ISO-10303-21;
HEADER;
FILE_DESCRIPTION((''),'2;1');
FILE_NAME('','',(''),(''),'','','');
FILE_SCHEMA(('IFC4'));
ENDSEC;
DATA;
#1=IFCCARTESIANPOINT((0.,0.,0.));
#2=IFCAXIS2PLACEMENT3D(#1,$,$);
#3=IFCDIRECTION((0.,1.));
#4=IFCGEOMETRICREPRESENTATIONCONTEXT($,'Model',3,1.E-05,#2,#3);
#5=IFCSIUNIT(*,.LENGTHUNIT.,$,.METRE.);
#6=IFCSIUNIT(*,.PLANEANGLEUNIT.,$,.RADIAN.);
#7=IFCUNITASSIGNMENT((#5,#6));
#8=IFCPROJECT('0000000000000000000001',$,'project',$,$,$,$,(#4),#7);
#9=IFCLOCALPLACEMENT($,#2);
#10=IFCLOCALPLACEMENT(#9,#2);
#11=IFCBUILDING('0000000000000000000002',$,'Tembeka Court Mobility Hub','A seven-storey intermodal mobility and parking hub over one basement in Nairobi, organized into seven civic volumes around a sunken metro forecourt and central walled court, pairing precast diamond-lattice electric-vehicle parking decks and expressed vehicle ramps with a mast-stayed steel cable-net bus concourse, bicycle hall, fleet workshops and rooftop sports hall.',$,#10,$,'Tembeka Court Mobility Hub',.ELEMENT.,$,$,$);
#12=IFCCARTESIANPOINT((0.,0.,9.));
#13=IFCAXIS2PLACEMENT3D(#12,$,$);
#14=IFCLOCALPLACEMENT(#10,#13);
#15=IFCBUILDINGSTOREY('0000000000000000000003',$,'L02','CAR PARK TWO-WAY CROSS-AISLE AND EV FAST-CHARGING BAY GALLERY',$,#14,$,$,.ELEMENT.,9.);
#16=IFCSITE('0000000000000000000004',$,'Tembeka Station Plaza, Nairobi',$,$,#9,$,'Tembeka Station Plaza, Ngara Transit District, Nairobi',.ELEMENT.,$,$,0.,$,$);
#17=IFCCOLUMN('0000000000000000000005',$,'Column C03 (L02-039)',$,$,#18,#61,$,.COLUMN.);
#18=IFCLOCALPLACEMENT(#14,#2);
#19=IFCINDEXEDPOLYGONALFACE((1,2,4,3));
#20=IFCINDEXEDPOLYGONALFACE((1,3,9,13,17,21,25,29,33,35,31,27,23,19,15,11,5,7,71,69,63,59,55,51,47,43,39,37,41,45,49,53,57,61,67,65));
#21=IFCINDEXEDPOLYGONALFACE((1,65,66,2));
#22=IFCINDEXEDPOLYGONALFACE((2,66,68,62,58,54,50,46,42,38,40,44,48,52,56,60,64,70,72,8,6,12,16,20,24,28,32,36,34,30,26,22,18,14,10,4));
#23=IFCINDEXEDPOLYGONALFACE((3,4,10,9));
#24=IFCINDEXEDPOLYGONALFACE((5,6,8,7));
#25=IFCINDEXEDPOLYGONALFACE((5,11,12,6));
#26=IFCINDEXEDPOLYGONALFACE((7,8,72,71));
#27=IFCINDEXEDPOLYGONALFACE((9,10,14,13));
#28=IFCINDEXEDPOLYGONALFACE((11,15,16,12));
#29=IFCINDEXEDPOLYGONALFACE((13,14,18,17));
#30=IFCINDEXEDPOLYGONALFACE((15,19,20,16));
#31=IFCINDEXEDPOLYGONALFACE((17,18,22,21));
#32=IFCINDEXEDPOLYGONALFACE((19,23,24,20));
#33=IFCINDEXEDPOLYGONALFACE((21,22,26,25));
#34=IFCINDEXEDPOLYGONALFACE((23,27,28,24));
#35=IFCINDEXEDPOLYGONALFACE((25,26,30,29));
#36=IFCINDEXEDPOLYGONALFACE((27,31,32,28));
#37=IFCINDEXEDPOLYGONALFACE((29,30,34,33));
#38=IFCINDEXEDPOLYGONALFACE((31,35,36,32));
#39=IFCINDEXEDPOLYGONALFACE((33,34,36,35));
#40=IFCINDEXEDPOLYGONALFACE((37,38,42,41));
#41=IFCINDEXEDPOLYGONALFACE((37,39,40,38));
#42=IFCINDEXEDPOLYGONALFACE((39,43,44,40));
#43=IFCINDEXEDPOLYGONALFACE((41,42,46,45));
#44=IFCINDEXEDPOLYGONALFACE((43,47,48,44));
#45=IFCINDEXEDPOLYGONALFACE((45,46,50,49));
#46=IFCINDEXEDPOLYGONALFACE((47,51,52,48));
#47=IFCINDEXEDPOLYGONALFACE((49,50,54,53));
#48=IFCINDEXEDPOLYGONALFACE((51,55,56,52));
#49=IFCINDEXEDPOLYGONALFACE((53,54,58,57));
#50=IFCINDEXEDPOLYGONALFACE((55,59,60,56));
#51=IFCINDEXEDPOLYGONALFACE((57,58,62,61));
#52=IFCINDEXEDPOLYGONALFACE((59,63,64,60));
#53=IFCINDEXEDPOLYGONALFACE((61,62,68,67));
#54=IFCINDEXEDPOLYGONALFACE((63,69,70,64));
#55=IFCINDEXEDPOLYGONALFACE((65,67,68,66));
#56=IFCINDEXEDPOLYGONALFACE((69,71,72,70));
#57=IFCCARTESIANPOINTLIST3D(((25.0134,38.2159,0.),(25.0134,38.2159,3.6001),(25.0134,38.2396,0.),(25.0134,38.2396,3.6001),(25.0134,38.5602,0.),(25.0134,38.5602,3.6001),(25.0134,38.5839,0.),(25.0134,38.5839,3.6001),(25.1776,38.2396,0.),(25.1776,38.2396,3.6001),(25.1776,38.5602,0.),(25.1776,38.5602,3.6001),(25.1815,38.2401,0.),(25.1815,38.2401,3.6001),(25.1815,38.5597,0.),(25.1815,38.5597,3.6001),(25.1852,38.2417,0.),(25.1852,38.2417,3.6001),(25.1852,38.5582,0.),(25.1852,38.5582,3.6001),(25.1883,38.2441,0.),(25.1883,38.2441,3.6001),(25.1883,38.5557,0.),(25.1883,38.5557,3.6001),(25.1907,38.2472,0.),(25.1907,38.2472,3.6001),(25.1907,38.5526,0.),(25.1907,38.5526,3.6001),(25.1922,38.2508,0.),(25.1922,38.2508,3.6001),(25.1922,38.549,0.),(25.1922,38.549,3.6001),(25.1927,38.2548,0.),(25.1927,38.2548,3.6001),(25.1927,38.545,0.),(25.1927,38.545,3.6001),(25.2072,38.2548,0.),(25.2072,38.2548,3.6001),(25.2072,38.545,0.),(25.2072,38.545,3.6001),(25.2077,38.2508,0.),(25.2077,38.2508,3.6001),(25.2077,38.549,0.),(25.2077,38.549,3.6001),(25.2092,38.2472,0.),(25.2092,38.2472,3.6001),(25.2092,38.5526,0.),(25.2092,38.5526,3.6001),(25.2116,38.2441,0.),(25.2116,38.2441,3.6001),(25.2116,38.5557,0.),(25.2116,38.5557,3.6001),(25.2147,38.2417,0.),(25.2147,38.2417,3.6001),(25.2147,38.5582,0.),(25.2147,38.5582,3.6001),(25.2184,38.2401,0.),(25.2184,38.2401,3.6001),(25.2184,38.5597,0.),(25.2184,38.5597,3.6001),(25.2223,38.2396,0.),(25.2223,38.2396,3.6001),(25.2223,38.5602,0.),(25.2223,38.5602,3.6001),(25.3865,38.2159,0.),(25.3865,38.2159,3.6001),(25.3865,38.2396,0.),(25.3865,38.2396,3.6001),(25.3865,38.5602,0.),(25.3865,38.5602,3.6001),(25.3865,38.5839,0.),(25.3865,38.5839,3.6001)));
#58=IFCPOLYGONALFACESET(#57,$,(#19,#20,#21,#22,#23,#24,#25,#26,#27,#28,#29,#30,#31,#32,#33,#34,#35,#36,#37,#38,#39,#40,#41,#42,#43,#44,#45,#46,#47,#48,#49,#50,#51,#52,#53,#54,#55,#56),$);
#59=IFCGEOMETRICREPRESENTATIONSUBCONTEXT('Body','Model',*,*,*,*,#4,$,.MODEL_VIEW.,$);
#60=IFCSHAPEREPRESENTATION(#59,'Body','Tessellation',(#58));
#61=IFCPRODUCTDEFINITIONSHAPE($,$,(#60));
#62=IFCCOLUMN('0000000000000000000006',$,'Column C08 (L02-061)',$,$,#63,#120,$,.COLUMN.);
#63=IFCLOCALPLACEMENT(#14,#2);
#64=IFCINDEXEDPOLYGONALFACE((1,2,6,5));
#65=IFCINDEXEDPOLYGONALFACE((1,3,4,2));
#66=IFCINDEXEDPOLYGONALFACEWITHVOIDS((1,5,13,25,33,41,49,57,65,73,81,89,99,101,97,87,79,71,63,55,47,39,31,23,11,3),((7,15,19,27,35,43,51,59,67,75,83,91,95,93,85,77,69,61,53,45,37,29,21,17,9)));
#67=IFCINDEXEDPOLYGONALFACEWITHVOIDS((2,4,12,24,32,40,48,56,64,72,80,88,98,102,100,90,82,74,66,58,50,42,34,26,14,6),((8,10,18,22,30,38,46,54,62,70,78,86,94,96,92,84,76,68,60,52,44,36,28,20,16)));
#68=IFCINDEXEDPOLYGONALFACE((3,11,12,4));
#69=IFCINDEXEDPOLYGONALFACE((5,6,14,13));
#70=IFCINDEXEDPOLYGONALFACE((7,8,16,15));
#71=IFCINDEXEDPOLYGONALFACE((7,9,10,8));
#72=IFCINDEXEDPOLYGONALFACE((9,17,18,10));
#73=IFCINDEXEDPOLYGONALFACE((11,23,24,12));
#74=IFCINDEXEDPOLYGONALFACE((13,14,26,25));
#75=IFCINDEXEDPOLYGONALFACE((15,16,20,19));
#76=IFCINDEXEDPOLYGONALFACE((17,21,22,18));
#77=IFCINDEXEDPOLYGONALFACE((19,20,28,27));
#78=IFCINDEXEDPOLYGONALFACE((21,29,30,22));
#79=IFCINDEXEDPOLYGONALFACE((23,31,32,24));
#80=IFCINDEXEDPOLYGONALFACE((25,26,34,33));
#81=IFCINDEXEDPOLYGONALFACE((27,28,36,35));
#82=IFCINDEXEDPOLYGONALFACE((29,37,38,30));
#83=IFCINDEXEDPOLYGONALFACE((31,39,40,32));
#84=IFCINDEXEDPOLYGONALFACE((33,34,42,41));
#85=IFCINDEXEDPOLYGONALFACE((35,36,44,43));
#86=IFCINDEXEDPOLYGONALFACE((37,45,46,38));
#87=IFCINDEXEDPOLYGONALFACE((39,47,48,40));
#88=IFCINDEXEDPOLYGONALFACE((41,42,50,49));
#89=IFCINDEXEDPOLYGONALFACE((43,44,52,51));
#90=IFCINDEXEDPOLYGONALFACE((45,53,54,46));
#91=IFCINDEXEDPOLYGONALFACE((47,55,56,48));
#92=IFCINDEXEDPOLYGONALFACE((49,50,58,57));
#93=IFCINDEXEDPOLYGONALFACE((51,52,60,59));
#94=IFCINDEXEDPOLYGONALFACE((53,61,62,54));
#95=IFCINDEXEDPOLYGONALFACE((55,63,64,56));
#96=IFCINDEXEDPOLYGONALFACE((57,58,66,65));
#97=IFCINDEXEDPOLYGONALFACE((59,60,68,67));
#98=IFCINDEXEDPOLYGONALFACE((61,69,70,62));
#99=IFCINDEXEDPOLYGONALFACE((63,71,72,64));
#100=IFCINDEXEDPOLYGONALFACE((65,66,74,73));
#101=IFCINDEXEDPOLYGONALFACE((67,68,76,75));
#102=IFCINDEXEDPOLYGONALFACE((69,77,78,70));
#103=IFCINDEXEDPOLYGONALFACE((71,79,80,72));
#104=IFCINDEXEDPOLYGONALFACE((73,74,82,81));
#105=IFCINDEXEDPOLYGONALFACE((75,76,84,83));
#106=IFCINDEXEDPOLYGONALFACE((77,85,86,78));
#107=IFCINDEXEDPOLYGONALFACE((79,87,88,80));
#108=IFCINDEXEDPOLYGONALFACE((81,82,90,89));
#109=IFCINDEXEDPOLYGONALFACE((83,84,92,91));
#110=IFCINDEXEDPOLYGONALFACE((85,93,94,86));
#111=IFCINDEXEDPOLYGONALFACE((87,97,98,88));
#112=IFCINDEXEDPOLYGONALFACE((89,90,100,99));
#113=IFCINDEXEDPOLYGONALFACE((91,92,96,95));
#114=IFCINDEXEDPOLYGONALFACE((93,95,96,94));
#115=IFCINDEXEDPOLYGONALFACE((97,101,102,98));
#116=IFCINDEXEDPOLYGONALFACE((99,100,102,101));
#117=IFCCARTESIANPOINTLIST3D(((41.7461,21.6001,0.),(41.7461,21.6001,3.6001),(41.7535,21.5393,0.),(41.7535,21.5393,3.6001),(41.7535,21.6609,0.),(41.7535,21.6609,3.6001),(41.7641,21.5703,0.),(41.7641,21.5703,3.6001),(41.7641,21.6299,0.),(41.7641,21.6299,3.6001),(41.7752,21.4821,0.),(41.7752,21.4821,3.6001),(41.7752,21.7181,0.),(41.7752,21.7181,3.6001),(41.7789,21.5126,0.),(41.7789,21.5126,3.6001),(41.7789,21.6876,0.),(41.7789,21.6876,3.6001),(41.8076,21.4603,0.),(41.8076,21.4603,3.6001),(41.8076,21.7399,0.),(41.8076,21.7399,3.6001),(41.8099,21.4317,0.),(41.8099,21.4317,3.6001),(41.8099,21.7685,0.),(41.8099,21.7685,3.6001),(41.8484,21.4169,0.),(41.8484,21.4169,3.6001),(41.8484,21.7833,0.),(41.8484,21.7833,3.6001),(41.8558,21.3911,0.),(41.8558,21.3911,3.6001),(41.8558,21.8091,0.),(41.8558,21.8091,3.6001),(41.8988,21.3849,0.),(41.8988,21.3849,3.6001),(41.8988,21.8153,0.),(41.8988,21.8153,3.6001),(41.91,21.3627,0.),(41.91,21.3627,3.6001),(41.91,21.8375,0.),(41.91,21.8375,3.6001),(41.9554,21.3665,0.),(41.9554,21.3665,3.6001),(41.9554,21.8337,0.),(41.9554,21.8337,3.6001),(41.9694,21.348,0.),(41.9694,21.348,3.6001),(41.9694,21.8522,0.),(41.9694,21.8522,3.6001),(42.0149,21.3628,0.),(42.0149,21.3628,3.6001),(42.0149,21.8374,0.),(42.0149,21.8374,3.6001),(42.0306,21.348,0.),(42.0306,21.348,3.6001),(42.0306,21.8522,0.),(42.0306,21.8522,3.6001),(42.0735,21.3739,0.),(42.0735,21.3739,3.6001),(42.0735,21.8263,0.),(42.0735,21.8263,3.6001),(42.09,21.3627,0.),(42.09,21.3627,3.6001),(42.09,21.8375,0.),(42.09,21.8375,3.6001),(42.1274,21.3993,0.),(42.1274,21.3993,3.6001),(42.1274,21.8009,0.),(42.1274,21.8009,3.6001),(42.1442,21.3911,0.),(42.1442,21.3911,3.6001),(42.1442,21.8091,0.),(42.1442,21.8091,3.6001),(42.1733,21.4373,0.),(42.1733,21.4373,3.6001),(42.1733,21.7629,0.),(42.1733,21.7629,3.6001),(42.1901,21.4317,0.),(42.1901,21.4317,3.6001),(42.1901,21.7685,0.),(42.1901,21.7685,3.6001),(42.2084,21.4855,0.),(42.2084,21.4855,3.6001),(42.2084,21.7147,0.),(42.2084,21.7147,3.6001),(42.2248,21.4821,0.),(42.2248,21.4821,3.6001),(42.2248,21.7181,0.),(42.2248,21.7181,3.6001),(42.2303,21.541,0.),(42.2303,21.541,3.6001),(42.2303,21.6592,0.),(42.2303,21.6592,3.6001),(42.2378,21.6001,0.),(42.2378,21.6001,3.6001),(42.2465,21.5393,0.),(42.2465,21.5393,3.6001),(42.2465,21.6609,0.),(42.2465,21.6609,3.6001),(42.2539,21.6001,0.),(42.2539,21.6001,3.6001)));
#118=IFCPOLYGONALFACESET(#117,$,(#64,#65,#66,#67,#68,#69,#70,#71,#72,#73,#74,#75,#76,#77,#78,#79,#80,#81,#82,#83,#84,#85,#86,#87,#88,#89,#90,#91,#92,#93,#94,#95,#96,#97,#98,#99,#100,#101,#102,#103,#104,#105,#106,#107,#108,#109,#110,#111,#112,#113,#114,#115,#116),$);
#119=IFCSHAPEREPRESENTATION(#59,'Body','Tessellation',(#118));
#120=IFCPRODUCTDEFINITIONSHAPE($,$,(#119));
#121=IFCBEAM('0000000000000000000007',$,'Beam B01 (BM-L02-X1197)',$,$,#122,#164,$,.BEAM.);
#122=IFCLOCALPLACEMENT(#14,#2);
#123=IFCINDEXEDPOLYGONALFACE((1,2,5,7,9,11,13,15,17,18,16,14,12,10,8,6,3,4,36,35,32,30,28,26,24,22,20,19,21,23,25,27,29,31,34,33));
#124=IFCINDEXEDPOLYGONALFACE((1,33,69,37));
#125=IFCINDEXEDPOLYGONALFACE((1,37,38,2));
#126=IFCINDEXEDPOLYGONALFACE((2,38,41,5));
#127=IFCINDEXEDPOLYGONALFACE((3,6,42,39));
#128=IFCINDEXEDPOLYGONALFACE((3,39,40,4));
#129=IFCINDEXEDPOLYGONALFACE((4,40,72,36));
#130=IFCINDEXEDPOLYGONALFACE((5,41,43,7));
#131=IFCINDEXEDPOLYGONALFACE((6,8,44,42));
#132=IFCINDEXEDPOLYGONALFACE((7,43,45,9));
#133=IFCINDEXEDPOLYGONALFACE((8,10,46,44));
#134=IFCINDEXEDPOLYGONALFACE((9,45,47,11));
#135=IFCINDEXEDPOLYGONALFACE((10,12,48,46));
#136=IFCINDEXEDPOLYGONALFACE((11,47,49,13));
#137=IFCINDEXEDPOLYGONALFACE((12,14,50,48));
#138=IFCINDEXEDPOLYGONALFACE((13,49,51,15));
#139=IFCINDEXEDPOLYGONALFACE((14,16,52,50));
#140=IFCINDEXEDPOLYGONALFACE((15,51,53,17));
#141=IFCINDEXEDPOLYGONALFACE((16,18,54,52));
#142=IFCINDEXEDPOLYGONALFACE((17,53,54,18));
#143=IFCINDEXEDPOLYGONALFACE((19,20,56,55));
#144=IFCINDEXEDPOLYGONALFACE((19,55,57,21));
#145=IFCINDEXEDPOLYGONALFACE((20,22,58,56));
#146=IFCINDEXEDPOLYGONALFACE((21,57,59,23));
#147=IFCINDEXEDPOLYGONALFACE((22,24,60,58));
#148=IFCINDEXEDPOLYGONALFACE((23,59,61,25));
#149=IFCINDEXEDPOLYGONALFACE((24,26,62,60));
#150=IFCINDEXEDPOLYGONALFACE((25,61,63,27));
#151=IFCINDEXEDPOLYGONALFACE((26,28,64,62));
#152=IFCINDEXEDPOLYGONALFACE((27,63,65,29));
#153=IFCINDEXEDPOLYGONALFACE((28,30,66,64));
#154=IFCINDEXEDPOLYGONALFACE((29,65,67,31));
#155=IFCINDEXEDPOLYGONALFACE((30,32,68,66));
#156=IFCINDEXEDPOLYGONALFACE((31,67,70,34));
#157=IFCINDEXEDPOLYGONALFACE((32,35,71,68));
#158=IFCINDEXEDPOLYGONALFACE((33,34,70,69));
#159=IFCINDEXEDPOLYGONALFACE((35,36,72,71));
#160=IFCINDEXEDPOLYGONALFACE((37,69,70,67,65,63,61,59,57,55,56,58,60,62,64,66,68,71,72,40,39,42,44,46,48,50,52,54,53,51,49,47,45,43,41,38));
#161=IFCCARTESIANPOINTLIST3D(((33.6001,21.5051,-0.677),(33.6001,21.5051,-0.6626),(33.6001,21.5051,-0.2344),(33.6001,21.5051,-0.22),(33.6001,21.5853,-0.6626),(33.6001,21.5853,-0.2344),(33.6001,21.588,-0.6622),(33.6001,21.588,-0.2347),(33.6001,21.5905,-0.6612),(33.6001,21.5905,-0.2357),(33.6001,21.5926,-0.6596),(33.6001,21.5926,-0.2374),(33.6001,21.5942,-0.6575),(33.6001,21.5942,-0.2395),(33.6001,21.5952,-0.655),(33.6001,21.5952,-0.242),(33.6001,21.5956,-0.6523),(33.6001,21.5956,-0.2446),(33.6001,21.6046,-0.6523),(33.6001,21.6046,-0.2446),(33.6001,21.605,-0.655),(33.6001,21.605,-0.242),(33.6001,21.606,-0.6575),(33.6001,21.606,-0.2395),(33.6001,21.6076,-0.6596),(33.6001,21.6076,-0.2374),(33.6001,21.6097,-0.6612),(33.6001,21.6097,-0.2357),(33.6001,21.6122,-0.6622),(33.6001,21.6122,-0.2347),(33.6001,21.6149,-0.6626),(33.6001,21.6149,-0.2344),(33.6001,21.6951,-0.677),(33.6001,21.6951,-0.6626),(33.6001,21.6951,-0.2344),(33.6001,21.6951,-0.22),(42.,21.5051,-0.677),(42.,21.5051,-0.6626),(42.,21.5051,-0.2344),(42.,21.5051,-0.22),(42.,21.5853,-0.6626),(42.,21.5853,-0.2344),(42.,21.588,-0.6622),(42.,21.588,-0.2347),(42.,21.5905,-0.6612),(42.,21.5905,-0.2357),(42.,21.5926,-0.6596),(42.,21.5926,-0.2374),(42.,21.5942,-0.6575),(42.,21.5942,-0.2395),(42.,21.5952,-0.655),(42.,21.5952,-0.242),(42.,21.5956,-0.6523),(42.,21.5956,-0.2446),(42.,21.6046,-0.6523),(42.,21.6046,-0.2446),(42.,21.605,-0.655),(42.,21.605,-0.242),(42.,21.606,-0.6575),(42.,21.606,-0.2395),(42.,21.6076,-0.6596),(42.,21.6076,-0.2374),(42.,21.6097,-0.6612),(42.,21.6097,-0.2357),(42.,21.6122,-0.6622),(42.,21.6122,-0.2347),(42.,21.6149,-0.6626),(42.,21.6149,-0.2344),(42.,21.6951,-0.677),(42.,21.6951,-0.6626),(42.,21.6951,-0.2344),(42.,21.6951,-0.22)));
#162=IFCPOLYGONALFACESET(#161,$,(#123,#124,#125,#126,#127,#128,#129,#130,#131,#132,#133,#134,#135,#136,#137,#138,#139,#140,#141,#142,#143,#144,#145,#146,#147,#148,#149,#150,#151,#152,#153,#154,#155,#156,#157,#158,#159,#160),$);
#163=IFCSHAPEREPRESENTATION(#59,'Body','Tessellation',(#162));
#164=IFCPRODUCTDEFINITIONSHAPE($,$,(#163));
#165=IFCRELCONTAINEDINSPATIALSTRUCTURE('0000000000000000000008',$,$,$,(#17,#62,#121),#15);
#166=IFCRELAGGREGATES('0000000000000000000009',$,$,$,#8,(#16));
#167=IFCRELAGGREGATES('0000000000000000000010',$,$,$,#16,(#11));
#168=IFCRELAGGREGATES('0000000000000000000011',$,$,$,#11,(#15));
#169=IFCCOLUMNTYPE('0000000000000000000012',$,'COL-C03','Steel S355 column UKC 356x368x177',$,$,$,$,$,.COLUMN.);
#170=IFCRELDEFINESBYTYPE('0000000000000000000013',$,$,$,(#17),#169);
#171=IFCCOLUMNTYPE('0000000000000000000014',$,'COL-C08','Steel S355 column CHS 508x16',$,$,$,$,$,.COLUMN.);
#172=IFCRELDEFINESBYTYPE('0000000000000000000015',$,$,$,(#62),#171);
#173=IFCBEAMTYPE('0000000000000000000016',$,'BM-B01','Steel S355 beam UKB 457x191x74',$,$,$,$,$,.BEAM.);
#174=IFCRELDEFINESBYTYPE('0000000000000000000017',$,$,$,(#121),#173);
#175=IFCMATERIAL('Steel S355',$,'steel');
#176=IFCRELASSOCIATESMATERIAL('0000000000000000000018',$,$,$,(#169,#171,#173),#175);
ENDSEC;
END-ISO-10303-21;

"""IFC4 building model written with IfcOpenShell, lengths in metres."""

from ifc_helpers import new_model, si_unit, direction, frame, origin, origin_2d, place, context, subcontext, project, spatial, hollow_circle, i_section, extrude, material, material_profile, profile_set, type_object, element, save


model = new_model("IFC4")

# Units and contexts
model_context = context("Model", 3, precision=1e-05, world=origin(), true_north=direction((0.0, 1.0)))
body_context = subcontext(model_context, "Body", "Model", "MODEL_VIEW")
ifc_project = project(units=[si_unit("LENGTHUNIT", "METRE"), si_unit("PLANEANGLEUNIT", "RADIAN")], contexts=[model_context])

# Site, building, storey
site_placement = place(None, origin())
site = spatial("IfcSite", under=ifc_project, at=site_placement, Name="Tembeka Station Plaza, Nairobi", LongName="Tembeka Station Plaza, Ngara Transit District, Nairobi", CompositionType="ELEMENT", RefElevation=0.0)
building_placement = place(site_placement, origin())
building = spatial("IfcBuilding", under=site, at=building_placement, Name="Tembeka Court Mobility Hub", Description="A seven-storey intermodal mobility and parking hub over one basement in Nairobi, organized into seven civic volumes around a sunken metro forecourt and central walled court, pairing precast diamond-lattice electric-vehicle parking decks and expressed vehicle ramps with a mast-stayed steel cable-net bus concourse, bicycle hall, fleet workshops and rooftop sports hall.", LongName="Tembeka Court Mobility Hub", CompositionType="ELEMENT")
storey_placement = place(building_placement, frame((0.0, 0.0, 9.0)))
storey = spatial("IfcBuildingStorey", under=building, at=storey_placement, Name="L02", Description="CAR PARK TWO-WAY CROSS-AISLE AND EV FAST-CHARGING BAY GALLERY", CompositionType="ELEMENT", Elevation=9.0)

# Columns
ifc_material_1 = material(Name="Steel S355", Category="steel")
ifc_material_profile_1 = material_profile(ifc_material_1, i_section(OverallWidth=0.373, OverallDepth=0.3679, WebThickness=0.0144, FlangeThickness=0.0237, FilletRadius=0.0151, at=origin_2d()), Name="UKC 356x368x177")
ifc_profile_set_1 = profile_set([ifc_material_profile_1], Name="Steel S355")
column_type_1 = type_object("IfcColumnType", Name="COL-C03", Description="Steel S355 column UKC 356x368x177", PredefinedType="COLUMN", material=ifc_profile_set_1)
column_1_placement = place(storey_placement, frame((25.2, 38.3999, 0.0), z_axis=(0.0, 0.0, 1.0), x_axis=(1.0, 0.0, 0.0)))
element("IfcColumn", 1, at=column_1_placement, inside=storey, type_object=column_type_1, Name="Column C03 (L02-039)", PredefinedType="COLUMN", context=body_context, shape_type="SweptSolid", body=[
    extrude(i_section(OverallWidth=0.373, OverallDepth=0.3679, WebThickness=0.0144, FlangeThickness=0.0237, FilletRadius=0.0151, at=origin_2d()), origin(), (0.0, 0.0, 1.0), 3.6001),
])
ifc_material_profile_2 = material_profile(ifc_material_1, hollow_circle(Radius=0.2539, WallThickness=0.0161, at=origin_2d()), Name="CHS 508x16")
ifc_profile_set_2 = profile_set([ifc_material_profile_2], Name="Steel S355")
column_type_2 = type_object("IfcColumnType", Name="COL-C08", Description="Steel S355 column CHS 508x16", PredefinedType="COLUMN", material=ifc_profile_set_2)
column_2_placement = place(storey_placement, frame((42.0, 21.6001, 0.0), z_axis=(0.0, 0.0, 1.0), x_axis=(1.0, 0.0, 0.0)))
element("IfcColumn", 2, at=column_2_placement, inside=storey, type_object=column_type_2, Name="Column C08 (L02-061)", PredefinedType="COLUMN", context=body_context, shape_type="SweptSolid", body=[
    extrude(hollow_circle(Radius=0.2539, WallThickness=0.0161, at=origin_2d()), origin(), (0.0, 0.0, 1.0), 3.6001),
])

# Beam
ifc_material_profile_3 = material_profile(ifc_material_1, i_section(OverallWidth=0.1899, OverallDepth=0.457, WebThickness=0.009, FlangeThickness=0.0144, FilletRadius=0.0103, at=origin_2d()), Name="UKB 457x191x74")
ifc_profile_set_3 = profile_set([ifc_material_profile_3], Name="Steel S355")
beam_type_1 = type_object("IfcBeamType", Name="BM-B01", Description="Steel S355 beam UKB 457x191x74", PredefinedType="BEAM", material=ifc_profile_set_3)
for number, where, z_axis, x_axis, name in (
    (3, (33.6001, 21.6001, -0.4485), (1.0, 0.0, 0.0), (0.0, 1.0, 0.0), "Beam B01 (BM-L02-X1197)"),
):
    element("IfcBeam", number, at=place(storey_placement, frame(where, z_axis=z_axis, x_axis=x_axis)), inside=storey, type_object=beam_type_1, Name=name, PredefinedType="BEAM", context=body_context, shape_type="SweptSolid", body=[
        extrude(i_section(OverallWidth=0.1899, OverallDepth=0.457, WebThickness=0.009, FlangeThickness=0.0144, FilletRadius=0.0103, at=origin_2d()), origin(), (0.0, 0.0, 1.0), 8.3999),
    ])

save(model, "model.ifc")
